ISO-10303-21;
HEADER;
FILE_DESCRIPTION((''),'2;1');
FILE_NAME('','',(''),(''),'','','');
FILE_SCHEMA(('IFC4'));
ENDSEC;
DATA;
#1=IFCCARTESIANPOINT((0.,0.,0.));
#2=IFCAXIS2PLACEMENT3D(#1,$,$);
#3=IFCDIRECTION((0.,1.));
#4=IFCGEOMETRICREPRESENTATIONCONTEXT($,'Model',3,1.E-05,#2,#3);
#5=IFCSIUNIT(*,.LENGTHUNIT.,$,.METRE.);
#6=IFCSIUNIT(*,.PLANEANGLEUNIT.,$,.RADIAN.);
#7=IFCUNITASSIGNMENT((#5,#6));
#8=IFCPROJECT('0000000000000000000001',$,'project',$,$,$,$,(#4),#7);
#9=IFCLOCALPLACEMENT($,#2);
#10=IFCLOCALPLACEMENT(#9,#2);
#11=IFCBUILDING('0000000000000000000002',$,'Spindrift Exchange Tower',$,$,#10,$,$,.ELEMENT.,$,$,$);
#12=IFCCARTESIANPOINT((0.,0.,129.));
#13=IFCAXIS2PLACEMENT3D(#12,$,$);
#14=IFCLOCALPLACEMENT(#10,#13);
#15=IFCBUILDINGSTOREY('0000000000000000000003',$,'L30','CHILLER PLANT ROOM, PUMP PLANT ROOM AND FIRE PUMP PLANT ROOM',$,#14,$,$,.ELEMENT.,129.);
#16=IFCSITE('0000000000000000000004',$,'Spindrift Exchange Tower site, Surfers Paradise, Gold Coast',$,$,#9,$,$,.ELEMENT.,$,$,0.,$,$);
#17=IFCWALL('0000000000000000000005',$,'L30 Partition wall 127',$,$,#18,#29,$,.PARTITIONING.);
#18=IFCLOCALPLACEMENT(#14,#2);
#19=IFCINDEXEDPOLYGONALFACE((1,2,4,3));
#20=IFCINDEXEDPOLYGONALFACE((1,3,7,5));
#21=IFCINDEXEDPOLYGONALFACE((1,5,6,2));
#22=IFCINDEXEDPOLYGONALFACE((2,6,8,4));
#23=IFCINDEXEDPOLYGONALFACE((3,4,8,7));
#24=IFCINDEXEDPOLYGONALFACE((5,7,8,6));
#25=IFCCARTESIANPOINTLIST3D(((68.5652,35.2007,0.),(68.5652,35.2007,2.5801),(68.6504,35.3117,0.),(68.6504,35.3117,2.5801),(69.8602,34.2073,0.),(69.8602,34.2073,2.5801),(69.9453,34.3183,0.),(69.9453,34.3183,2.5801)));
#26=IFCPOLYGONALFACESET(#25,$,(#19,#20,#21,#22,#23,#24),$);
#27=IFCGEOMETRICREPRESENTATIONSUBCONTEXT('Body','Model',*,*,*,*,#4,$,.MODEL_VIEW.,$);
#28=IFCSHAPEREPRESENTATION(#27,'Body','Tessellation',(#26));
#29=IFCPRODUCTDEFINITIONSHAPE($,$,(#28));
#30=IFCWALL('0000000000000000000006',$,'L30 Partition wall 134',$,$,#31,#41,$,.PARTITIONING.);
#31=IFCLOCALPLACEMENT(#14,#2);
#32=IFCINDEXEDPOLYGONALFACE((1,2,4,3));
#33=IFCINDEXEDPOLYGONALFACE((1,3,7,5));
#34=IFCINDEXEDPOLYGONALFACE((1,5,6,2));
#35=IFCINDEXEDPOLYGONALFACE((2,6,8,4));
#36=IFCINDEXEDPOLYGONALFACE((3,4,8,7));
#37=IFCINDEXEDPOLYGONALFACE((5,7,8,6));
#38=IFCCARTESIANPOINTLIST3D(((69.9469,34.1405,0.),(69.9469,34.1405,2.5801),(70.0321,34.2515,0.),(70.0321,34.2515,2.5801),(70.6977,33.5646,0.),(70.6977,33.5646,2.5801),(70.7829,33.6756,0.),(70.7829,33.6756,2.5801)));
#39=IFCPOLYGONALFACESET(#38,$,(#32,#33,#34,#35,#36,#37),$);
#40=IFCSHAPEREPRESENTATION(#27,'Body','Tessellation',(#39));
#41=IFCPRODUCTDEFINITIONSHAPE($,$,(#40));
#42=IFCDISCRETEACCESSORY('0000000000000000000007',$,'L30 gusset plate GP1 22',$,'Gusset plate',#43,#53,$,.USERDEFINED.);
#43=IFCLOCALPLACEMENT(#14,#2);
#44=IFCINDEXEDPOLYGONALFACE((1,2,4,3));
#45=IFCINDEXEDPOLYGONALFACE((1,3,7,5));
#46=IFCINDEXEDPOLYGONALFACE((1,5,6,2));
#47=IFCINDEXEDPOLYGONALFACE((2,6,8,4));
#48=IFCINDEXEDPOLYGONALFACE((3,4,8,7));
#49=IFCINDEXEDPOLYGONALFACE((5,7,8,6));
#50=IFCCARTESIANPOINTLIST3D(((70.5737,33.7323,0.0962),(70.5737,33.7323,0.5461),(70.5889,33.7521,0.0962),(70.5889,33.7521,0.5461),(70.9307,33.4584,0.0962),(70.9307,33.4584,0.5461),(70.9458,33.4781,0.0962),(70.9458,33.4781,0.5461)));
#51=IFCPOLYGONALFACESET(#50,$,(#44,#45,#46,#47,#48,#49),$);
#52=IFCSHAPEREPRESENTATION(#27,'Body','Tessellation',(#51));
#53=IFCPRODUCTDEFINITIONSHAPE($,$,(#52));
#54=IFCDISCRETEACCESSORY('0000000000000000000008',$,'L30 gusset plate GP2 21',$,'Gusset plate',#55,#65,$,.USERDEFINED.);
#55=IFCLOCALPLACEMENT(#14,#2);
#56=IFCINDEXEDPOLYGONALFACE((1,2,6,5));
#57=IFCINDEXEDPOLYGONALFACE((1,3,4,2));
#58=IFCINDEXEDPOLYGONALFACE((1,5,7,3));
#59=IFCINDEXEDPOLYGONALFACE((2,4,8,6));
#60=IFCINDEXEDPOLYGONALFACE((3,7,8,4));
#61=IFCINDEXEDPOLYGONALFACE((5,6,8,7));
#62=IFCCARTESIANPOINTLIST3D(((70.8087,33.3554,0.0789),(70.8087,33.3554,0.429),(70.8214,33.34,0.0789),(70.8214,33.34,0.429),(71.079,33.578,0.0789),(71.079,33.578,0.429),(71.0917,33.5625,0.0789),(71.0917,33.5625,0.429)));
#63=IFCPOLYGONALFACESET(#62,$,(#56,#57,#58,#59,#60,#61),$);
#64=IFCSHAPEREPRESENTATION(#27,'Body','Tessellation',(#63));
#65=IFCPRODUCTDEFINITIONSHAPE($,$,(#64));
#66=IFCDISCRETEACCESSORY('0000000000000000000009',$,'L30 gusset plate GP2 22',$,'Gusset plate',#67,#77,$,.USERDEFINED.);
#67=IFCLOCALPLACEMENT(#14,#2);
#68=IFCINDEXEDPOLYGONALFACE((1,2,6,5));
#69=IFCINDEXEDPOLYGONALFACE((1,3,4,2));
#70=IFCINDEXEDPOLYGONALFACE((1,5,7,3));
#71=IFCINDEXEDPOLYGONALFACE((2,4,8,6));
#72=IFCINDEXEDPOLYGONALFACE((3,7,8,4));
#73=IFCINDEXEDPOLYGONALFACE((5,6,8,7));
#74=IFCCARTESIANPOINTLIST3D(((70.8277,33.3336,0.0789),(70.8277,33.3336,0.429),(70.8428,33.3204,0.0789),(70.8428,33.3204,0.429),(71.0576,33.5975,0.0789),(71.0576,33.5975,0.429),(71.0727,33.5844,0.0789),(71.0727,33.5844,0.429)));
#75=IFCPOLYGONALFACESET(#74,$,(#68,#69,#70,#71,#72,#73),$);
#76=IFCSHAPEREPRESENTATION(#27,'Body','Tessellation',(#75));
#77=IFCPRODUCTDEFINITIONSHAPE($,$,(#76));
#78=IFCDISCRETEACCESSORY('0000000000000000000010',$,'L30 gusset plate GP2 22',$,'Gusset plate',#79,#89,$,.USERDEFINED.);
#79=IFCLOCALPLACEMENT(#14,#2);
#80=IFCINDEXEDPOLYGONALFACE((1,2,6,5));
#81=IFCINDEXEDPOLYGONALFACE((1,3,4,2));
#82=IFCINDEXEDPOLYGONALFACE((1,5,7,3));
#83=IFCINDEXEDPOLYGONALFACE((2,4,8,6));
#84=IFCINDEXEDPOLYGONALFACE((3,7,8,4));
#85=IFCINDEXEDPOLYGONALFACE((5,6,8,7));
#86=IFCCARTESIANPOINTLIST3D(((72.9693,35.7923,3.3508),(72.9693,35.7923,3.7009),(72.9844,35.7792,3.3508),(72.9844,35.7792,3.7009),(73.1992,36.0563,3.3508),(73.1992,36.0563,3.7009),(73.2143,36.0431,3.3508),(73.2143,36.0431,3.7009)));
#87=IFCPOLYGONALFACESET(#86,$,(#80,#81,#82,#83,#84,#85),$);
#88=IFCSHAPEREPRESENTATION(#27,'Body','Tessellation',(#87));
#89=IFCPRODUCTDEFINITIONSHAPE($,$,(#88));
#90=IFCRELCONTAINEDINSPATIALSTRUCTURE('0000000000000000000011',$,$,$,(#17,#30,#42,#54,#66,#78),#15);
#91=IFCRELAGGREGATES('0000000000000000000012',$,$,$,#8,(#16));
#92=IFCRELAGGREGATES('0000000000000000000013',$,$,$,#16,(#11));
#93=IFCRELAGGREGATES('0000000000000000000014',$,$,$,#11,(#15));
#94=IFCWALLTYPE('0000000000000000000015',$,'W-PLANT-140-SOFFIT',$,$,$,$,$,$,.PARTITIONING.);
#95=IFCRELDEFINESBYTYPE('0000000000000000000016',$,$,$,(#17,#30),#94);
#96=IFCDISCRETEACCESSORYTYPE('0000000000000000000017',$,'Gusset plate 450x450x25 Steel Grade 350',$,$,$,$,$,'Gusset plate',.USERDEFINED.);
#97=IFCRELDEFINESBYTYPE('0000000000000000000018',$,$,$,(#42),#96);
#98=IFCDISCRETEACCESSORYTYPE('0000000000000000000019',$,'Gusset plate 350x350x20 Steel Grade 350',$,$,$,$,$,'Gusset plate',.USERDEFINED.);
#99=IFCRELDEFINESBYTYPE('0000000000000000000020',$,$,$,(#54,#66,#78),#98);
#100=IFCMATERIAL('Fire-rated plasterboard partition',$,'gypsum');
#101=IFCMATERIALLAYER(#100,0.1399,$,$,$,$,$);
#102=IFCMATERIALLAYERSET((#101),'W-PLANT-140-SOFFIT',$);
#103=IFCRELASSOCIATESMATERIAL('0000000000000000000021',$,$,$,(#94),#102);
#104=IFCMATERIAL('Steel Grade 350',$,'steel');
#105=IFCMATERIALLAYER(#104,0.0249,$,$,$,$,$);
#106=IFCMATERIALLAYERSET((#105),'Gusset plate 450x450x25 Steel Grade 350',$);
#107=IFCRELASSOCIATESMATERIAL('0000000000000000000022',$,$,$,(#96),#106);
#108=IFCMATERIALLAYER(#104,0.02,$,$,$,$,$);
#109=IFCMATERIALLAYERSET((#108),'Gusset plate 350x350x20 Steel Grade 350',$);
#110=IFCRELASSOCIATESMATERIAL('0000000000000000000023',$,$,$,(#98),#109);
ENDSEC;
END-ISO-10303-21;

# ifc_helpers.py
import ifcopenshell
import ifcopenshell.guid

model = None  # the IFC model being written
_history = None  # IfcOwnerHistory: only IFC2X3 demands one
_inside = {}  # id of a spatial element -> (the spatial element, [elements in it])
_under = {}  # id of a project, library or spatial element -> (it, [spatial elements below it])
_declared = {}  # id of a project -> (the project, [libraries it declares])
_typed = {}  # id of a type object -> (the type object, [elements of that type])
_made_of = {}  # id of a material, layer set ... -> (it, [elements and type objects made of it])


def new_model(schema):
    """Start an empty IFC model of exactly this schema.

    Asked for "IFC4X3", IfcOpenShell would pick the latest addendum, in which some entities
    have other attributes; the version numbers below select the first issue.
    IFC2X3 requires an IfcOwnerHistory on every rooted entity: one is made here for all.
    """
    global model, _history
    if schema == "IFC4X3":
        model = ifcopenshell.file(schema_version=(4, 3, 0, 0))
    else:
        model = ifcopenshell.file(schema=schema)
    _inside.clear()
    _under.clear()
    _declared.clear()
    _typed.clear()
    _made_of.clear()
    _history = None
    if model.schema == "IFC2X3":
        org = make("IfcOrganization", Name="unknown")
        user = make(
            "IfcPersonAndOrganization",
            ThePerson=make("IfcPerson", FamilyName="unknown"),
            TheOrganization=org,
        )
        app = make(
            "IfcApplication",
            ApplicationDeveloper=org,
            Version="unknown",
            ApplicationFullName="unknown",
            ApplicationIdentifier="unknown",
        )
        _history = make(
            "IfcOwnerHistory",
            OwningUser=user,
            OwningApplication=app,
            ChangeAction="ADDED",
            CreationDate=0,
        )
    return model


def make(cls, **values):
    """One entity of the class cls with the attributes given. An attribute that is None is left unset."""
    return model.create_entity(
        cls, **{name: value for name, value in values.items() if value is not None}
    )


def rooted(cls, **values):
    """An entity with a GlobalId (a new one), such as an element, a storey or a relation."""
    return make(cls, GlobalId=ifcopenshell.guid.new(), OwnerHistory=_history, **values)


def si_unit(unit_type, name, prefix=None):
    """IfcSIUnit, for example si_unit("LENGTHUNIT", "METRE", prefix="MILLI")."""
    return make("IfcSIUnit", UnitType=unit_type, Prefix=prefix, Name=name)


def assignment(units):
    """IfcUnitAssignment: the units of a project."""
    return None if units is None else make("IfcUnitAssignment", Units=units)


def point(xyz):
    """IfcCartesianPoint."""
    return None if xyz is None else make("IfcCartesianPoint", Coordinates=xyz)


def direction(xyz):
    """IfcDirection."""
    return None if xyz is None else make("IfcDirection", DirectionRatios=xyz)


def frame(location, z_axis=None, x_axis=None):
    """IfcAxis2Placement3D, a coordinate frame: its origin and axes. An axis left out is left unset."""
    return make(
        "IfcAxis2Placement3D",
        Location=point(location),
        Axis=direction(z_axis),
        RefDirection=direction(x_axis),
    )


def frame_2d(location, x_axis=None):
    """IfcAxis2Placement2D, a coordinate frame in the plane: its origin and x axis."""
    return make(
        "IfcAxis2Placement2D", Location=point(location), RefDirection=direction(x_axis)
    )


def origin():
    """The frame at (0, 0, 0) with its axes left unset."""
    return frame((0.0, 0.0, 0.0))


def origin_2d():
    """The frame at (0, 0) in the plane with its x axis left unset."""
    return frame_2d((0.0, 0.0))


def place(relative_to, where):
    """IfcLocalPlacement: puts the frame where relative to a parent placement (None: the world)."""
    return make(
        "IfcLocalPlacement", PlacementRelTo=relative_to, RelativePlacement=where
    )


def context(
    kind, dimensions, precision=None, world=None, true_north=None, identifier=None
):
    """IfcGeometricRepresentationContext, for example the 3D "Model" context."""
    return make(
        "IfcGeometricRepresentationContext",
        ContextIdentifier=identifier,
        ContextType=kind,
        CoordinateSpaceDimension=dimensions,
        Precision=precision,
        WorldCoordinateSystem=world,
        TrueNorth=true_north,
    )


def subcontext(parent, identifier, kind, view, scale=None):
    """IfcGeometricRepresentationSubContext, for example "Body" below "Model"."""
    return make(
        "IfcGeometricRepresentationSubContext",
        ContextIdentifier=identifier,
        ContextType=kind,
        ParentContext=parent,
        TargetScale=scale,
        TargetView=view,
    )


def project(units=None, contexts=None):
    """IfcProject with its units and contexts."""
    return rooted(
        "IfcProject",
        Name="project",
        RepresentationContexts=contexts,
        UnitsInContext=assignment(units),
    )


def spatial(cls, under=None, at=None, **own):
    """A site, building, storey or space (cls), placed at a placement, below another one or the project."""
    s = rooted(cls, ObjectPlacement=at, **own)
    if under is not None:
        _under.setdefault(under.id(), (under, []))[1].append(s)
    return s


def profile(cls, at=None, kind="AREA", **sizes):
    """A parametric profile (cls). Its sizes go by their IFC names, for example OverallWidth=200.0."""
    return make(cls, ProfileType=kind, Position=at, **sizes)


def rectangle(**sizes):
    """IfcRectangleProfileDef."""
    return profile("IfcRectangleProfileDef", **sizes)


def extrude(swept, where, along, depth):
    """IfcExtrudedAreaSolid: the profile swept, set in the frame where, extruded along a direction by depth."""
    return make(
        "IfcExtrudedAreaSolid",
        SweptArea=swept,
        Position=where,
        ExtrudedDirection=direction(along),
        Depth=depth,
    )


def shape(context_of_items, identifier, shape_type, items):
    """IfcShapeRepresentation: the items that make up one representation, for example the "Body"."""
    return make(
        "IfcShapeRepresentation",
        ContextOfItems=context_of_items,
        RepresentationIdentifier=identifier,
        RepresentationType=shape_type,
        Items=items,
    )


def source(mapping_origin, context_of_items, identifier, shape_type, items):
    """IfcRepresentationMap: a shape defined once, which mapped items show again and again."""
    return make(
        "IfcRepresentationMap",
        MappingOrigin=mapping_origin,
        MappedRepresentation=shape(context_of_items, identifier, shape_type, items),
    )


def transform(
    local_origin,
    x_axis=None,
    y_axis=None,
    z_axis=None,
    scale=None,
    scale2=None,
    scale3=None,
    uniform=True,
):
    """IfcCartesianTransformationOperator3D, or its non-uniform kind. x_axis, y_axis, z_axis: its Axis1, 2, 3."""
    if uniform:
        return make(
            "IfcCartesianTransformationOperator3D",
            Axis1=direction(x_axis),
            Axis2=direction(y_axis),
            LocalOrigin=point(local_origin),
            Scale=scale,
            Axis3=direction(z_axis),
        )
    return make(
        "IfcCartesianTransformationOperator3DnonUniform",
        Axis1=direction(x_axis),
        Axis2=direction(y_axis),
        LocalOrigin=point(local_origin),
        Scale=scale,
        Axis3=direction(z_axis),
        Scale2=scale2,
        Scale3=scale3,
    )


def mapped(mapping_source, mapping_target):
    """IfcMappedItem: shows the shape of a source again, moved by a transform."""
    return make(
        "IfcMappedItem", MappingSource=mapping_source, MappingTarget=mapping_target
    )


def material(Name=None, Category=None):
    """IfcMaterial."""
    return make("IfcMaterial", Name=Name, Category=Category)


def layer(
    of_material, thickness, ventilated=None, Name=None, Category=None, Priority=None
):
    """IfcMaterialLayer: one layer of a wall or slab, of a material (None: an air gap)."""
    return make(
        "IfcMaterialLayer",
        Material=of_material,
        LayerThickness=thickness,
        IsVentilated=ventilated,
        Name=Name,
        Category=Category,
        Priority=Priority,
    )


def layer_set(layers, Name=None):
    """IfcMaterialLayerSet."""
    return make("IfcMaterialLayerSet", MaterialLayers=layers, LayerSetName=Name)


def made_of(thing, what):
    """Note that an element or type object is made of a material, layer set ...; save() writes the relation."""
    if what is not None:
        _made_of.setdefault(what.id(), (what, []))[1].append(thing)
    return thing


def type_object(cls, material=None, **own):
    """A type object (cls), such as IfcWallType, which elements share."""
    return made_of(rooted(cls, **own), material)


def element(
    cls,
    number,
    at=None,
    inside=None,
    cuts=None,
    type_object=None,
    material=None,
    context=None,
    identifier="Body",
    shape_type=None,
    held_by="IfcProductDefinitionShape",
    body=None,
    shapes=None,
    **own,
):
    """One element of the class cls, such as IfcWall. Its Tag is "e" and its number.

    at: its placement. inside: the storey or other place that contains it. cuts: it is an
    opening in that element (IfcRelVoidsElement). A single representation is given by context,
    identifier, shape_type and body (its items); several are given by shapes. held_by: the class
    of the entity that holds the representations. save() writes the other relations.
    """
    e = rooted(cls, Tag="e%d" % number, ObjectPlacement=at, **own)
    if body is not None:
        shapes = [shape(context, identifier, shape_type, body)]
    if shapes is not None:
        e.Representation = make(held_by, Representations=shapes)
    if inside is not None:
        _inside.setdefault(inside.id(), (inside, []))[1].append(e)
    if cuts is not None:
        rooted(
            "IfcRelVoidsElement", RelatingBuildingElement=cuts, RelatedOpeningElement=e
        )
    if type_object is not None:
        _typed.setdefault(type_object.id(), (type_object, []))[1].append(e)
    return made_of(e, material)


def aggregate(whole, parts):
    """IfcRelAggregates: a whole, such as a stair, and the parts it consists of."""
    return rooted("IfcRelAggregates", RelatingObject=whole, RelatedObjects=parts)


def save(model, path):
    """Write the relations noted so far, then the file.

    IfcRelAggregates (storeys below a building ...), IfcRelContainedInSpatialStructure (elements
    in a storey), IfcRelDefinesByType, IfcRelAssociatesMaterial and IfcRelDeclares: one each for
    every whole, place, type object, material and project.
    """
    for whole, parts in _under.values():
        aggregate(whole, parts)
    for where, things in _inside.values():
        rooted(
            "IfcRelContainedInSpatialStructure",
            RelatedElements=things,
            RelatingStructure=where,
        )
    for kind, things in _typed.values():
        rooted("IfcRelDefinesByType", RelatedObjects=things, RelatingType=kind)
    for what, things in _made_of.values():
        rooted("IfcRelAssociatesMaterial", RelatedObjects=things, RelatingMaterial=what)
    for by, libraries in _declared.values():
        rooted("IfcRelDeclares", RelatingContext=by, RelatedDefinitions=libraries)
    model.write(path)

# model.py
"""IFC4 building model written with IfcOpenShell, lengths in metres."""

from ifc_helpers import new_model, si_unit, direction, frame, frame_2d, origin, origin_2d, place, context, subcontext, project, spatial, rectangle, extrude, source, transform, mapped, material, layer, layer_set, type_object, element, save


model = new_model("IFC4")

# Units and contexts
model_context = context("Model", 3, precision=1e-05, world=origin(), true_north=direction((0.0, 1.0)))
body_context = subcontext(model_context, "Body", "Model", "MODEL_VIEW")
ifc_project = project(units=[si_unit("LENGTHUNIT", "METRE"), si_unit("PLANEANGLEUNIT", "RADIAN")], contexts=[model_context])

# Site, building, storey
site_placement = place(None, origin())
site = spatial("IfcSite", under=ifc_project, at=site_placement, Name="Spindrift Exchange Tower site, Surfers Paradise, Gold Coast", CompositionType="ELEMENT", RefElevation=0.0)
building_placement = place(site_placement, origin())
building = spatial("IfcBuilding", under=site, at=building_placement, Name="Spindrift Exchange Tower", CompositionType="ELEMENT")
storey_placement = place(building_placement, frame((0.0, 0.0, 129.0)))
storey = spatial("IfcBuildingStorey", under=building, at=storey_placement, Name="L30", Description="CHILLER PLANT ROOM, PUMP PLANT ROOM AND FIRE PUMP PLANT ROOM", CompositionType="ELEMENT", Elevation=129.0)

# Shared definitions
ifc_material_1 = material(Name="Steel Grade 350", Category="steel")

# Walls
ifc_material_2 = material(Name="Fire-rated plasterboard partition", Category="gypsum")
ifc_layer_1 = layer(ifc_material_2, 0.1399)
ifc_layer_set_1 = layer_set([ifc_layer_1], Name="W-PLANT-140-SOFFIT")
wall_type_1 = type_object("IfcWallType", Name="W-PLANT-140-SOFFIT", PredefinedType="PARTITIONING", material=ifc_layer_set_1)
wall_1_placement = place(storey_placement, frame((68.6079, 35.2561, 0.0), z_axis=(0.0, 0.0, 1.0), x_axis=(0.793419, -0.608676, 0.0)))
element("IfcWall", 1, at=wall_1_placement, inside=storey, type_object=wall_type_1, Name="L30 Partition wall 127", PredefinedType="PARTITIONING", context=body_context, shape_type="SweptSolid", body=[
    extrude(rectangle(XDim=1.6321, YDim=0.1399, at=frame_2d((0.8159, 0.0))), origin(), (0.0, 0.0, 1.0), 2.5801),
])
wall_2_placement = place(storey_placement, frame((69.9895, 34.196, 0.0), z_axis=(0.0, 0.0, 1.0), x_axis=(0.793419, -0.608675, 0.0)))
element("IfcWall", 2, at=wall_2_placement, inside=storey, type_object=wall_type_1, Name="L30 Partition wall 134", PredefinedType="PARTITIONING", context=body_context, shape_type="SweptSolid", body=[
    extrude(rectangle(XDim=0.9463, YDim=0.1399, at=frame_2d((0.4731, 0.0))), origin(), (0.0, 0.0, 1.0), 2.5801),
])

# Discrete accessories
ifc_layer_2 = layer(ifc_material_1, 0.0249)
ifc_layer_set_2 = layer_set([ifc_layer_2], Name="Gusset plate 450x450x25 Steel Grade 350")
discrete_accessory_type_1 = type_object("IfcDiscreteAccessoryType", Name="Gusset plate 450x450x25 Steel Grade 350", ElementType="Gusset plate", PredefinedType="USERDEFINED", material=ifc_layer_set_2)
shared_shape_1 = source(origin(), body_context, "Body", "SweptSolid", [
    extrude(rectangle(XDim=0.45, YDim=0.0249, at=origin_2d()), origin(), (0.0, 0.0, 1.0), 0.45),
])
discrete_accessory_placement = place(storey_placement, frame((70.7598, 33.6052, 0.0962), z_axis=(0.0, 0.0, 1.0), x_axis=(0.793352, -0.608763, 0.0)))
element("IfcDiscreteAccessory", 3, at=discrete_accessory_placement, inside=storey, type_object=discrete_accessory_type_1, Name="L30 gusset plate GP1 22", ObjectType="Gusset plate", PredefinedType="USERDEFINED", context=body_context, shape_type="MappedRepresentation", body=[
    mapped(shared_shape_1, transform((0.0, 0.0, 0.0), scale=1.0)),
])
ifc_layer_3 = layer(ifc_material_1, 0.02)
ifc_layer_set_3 = layer_set([ifc_layer_3], Name="Gusset plate 350x350x20 Steel Grade 350")
discrete_accessory_type_2 = type_object("IfcDiscreteAccessoryType", Name="Gusset plate 350x350x20 Steel Grade 350", ElementType="Gusset plate", PredefinedType="USERDEFINED", material=ifc_layer_set_3)
shared_shape_2 = source(origin(), body_context, "Body", "SweptSolid", [
    extrude(rectangle(XDim=0.3501, YDim=0.02, at=origin_2d()), origin(), (0.0, 0.0, 1.0), 0.3501),
])
for number, where, z_axis, x_axis, name in (
    (4, (70.9502, 33.459, 0.0789), (0.0, 0.0, 1.0), (0.77194, 0.635696, 0.0), "L30 gusset plate GP2 21"),
    (5, (70.9502, 33.459, 0.0789), (0.0, 0.0, 1.0), (0.656857, 0.754015, 0.0), "L30 gusset plate GP2 22"),
    (6, (73.0918, 35.9177, 3.3508), (0.0, 0.0, 1.0), (0.656857, 0.754015, 0.0), "L30 gusset plate GP2 22"),
):
    element("IfcDiscreteAccessory", number, at=place(storey_placement, frame(where, z_axis=z_axis, x_axis=x_axis)), inside=storey, type_object=discrete_accessory_type_2, Name=name, ObjectType="Gusset plate", PredefinedType="USERDEFINED", context=body_context, shape_type="MappedRepresentation", body=[
        mapped(shared_shape_2, transform((0.0, 0.0, 0.0), scale=1.0)),
    ])

save(model, "model.ifc")
